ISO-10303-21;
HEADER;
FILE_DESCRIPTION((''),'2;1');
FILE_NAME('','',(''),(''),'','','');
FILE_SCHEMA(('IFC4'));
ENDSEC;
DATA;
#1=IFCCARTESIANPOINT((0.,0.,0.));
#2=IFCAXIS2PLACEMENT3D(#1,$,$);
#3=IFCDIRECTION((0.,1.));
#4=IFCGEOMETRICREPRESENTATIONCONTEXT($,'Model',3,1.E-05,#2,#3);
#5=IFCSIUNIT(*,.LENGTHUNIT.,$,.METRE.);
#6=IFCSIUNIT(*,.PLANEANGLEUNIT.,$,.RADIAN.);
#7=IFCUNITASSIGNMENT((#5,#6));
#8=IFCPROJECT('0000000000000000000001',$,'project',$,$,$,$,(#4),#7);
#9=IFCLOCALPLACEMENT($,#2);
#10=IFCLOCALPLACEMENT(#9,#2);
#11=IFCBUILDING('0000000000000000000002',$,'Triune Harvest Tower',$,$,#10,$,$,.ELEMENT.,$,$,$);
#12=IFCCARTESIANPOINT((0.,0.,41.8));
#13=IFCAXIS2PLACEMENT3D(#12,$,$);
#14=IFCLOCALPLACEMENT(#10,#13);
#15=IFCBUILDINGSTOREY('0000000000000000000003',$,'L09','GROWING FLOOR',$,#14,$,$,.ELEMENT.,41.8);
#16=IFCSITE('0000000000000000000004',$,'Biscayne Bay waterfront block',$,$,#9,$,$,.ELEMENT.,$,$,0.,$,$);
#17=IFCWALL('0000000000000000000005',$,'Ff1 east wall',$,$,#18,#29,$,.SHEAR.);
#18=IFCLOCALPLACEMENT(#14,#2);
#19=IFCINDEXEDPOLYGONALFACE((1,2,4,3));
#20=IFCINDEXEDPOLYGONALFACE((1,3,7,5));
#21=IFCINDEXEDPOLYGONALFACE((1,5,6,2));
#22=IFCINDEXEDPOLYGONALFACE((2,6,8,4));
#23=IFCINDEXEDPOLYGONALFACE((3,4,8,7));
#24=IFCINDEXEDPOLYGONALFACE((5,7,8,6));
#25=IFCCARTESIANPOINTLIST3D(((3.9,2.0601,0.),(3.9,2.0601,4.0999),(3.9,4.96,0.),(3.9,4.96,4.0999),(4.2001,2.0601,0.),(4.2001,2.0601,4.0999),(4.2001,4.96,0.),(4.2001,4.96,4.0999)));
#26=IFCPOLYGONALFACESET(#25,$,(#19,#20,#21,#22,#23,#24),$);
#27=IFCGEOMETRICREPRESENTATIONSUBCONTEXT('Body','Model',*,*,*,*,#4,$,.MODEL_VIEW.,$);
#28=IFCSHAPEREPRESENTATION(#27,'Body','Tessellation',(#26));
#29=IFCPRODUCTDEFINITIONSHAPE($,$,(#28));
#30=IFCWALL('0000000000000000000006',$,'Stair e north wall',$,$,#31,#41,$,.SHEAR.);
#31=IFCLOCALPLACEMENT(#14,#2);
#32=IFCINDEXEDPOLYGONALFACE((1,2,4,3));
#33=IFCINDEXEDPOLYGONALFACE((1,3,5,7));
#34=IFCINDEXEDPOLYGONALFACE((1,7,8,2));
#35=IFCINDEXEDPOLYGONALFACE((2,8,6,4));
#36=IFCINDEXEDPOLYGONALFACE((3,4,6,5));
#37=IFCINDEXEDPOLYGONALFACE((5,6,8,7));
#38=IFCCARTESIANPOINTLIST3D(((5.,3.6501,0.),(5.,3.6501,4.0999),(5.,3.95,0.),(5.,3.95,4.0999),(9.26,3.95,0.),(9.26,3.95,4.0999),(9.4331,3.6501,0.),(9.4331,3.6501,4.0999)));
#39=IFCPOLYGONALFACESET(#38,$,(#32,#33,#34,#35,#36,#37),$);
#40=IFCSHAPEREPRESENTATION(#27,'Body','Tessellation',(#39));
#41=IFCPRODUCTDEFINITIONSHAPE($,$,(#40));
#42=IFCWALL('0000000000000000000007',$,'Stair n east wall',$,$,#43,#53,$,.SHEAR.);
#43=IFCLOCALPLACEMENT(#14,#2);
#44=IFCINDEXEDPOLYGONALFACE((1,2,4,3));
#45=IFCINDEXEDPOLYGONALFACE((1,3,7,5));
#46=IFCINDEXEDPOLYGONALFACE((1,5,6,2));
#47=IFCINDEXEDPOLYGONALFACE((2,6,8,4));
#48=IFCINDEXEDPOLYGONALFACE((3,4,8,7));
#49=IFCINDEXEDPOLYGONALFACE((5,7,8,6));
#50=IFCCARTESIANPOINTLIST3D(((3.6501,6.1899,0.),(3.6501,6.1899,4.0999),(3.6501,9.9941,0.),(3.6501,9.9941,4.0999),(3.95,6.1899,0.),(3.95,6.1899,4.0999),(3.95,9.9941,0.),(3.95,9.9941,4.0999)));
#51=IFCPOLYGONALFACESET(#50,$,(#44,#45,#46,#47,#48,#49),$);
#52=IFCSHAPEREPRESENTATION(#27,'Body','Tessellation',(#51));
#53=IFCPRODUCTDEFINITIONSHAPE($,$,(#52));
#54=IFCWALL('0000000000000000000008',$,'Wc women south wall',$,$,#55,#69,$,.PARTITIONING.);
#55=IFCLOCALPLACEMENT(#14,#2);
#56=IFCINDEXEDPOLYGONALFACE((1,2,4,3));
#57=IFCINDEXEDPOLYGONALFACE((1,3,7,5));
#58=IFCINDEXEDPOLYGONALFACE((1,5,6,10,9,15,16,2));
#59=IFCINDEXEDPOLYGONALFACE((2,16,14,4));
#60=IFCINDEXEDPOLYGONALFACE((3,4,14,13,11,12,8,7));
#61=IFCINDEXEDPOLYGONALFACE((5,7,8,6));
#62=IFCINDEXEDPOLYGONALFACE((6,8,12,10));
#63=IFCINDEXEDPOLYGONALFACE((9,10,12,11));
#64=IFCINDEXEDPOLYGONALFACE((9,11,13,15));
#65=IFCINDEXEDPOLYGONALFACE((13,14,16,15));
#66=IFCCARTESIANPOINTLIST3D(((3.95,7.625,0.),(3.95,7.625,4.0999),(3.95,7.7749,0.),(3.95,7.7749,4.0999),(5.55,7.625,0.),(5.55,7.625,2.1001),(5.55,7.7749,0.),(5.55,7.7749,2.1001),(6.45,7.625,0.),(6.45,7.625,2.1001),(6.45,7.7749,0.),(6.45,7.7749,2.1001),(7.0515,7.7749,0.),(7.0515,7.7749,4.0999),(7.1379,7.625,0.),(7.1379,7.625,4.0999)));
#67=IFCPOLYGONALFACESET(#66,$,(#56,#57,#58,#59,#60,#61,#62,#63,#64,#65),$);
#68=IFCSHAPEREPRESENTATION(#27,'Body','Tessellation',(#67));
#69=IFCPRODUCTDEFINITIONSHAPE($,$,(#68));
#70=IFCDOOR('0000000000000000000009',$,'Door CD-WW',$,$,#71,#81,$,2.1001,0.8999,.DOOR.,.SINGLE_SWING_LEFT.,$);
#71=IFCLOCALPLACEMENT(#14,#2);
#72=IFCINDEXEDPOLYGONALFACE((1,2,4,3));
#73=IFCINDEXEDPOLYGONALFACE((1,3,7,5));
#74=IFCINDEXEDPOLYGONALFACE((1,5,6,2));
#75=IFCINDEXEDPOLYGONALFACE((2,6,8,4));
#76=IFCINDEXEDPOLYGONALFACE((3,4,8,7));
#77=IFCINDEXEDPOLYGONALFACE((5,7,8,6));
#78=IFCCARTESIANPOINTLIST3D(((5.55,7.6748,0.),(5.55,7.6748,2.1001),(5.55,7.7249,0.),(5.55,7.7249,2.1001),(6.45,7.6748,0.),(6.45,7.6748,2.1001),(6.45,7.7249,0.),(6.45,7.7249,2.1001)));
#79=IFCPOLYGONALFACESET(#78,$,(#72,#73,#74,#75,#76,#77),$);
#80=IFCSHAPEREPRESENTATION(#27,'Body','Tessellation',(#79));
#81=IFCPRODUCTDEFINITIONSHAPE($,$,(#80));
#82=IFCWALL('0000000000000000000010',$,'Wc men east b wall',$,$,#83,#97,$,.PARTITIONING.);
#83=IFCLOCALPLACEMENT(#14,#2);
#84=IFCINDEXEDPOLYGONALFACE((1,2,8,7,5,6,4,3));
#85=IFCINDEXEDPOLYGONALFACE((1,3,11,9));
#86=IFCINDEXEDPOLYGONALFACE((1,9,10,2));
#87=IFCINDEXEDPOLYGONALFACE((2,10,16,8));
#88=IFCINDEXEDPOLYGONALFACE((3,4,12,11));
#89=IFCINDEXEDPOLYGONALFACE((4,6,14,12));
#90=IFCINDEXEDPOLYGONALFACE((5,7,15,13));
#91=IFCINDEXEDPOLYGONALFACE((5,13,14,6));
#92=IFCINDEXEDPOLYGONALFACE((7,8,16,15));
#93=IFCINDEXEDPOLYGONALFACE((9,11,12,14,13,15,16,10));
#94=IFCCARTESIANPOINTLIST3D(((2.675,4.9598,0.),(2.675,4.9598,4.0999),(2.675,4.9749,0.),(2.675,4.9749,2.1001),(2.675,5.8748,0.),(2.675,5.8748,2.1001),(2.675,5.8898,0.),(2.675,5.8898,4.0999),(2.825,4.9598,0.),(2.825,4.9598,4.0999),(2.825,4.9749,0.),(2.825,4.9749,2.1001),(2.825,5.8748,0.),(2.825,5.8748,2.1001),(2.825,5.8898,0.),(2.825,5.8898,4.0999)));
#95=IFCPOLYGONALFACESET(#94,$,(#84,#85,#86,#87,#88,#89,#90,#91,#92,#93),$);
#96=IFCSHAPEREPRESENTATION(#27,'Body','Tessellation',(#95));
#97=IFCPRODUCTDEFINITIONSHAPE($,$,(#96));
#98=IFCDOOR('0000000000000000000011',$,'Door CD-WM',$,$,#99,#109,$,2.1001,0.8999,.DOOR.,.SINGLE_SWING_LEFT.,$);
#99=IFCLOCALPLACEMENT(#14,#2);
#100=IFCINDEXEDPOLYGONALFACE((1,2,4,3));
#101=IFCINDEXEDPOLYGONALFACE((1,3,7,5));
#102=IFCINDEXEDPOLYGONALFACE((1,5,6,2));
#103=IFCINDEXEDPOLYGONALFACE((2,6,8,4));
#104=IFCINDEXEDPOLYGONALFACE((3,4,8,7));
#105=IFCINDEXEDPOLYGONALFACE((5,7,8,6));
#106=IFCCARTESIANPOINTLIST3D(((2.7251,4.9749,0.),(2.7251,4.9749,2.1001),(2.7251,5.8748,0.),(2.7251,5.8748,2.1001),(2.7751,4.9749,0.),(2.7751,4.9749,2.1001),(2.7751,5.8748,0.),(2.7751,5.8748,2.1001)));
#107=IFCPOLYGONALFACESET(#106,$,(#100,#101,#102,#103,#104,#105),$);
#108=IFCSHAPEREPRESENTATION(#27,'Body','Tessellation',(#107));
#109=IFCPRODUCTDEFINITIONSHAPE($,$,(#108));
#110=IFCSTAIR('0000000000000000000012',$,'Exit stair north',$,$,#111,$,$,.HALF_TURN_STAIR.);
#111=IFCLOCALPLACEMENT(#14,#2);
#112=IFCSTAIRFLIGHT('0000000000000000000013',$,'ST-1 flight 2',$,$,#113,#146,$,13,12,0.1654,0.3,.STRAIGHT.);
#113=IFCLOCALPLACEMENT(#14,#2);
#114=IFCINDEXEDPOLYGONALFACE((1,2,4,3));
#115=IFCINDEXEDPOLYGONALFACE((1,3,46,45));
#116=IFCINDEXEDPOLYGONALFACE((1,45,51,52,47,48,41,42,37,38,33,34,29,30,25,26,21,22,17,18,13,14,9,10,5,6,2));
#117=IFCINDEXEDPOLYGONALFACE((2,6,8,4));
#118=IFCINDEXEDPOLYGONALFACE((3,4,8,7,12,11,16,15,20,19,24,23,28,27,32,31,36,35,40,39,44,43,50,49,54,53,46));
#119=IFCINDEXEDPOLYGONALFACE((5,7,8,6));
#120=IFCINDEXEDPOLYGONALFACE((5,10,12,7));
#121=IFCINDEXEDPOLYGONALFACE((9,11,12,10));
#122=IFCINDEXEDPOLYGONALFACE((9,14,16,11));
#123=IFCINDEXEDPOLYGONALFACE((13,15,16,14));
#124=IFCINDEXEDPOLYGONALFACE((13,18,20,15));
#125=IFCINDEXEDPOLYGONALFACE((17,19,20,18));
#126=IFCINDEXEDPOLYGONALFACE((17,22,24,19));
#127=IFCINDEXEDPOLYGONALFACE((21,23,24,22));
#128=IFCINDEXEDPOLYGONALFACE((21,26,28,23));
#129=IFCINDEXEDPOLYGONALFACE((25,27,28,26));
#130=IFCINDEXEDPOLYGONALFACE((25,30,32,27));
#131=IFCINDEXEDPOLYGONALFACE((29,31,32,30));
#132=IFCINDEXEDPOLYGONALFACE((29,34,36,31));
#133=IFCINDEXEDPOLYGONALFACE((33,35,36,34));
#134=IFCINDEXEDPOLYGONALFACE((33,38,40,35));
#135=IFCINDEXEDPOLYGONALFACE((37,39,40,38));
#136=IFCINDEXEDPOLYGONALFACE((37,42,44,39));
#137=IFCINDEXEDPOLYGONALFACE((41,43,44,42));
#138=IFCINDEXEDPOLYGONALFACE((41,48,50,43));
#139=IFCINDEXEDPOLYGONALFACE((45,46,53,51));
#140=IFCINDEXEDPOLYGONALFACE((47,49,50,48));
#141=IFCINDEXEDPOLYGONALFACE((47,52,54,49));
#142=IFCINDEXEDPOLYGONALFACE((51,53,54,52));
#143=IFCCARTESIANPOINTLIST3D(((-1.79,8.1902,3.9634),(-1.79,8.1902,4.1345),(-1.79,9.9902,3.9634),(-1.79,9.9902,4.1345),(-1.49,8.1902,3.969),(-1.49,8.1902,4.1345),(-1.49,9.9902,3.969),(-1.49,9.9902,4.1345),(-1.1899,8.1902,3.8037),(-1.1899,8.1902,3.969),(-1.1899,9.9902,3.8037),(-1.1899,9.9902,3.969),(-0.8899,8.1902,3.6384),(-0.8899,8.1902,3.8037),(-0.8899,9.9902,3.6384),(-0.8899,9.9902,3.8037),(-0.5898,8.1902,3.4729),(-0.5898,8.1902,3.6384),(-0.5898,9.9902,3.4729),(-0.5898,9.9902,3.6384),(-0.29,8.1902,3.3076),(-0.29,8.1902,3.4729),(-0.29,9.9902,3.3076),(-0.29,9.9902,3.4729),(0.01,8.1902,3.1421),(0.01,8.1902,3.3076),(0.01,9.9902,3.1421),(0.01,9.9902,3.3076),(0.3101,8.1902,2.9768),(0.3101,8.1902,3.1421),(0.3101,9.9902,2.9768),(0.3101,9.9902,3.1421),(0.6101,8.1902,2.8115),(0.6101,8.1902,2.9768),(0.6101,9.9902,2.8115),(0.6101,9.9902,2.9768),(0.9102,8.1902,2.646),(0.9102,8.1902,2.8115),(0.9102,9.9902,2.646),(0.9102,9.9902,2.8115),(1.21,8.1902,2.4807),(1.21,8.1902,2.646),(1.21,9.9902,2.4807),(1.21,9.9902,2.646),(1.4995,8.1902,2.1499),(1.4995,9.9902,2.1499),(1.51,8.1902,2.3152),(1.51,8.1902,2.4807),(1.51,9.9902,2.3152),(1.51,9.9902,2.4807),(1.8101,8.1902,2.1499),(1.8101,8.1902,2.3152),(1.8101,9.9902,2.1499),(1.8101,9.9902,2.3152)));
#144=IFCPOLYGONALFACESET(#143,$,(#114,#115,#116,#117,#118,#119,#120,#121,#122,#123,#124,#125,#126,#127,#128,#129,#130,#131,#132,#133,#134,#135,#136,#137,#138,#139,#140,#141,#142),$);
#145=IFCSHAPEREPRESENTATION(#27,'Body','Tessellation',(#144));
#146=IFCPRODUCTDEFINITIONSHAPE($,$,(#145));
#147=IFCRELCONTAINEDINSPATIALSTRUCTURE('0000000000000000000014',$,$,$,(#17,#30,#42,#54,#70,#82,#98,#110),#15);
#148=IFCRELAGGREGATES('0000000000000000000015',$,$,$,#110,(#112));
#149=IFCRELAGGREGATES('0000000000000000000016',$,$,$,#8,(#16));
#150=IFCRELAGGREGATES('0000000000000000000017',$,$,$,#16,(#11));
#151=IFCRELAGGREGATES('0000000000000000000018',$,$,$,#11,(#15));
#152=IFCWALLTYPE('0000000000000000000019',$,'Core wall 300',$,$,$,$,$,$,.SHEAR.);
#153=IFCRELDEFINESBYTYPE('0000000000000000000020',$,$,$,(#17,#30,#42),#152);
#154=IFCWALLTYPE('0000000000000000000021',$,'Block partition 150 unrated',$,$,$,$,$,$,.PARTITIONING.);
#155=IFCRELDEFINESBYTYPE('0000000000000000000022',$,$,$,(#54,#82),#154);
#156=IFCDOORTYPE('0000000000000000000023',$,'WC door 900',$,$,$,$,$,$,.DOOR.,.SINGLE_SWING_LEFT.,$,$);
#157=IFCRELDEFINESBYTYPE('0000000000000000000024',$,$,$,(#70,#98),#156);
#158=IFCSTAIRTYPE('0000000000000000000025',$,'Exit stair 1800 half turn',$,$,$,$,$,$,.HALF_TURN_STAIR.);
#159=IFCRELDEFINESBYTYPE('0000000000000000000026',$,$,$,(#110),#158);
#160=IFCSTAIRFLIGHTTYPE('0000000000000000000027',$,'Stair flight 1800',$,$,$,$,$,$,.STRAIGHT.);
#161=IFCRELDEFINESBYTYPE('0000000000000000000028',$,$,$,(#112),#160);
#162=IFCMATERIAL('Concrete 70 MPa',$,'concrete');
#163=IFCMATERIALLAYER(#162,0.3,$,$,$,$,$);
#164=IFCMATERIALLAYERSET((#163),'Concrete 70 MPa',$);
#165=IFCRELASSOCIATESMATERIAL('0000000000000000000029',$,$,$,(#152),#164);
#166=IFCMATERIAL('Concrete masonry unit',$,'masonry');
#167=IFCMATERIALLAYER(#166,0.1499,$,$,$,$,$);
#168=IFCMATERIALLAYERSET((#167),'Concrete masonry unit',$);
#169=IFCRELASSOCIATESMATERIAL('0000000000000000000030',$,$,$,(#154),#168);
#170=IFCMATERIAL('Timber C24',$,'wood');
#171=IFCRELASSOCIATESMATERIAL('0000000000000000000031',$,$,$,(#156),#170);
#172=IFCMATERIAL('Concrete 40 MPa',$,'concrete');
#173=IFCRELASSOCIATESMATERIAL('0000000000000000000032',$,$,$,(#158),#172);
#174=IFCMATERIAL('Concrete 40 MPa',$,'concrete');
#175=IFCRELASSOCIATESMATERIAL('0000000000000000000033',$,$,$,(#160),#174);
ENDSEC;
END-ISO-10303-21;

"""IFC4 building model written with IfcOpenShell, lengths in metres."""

from ifc_helpers import new_model, si_unit, direction, frame, frame_2d, origin, place, context, subcontext, project, spatial, polyline, rectangle, outline, extrude, source, transform, mapped, material, layer, layer_set, type_object, element, fill, aggregate, save


model = new_model("IFC4")

# Units and contexts
model_context = context("Model", 3, precision=1e-05, world=origin(), true_north=direction((0.0, 1.0)))
body_context = subcontext(model_context, "Body", "Model", "MODEL_VIEW")
ifc_project = project(units=[si_unit("LENGTHUNIT", "METRE"), si_unit("PLANEANGLEUNIT", "RADIAN")], contexts=[model_context])

# Site, building, storey
site_placement = place(None, origin())
site = spatial("IfcSite", under=ifc_project, at=site_placement, Name="Biscayne Bay waterfront block", CompositionType="ELEMENT", RefElevation=0.0)
building_placement = place(site_placement, origin())
building = spatial("IfcBuilding", under=site, at=building_placement, Name="Triune Harvest Tower", CompositionType="ELEMENT")
storey_placement = place(building_placement, frame((0.0, 0.0, 41.8)))
storey = spatial("IfcBuildingStorey", under=building, at=storey_placement, Name="L09", Description="GROWING FLOOR", CompositionType="ELEMENT", Elevation=41.8)

# Shared definitions
ifc_material_1 = material(Name="Concrete 70 MPa", Category="concrete")
ifc_layer_1 = layer(ifc_material_1, 0.3)
ifc_layer_set_1 = layer_set([ifc_layer_1], Name="Concrete 70 MPa")
wall_type_1 = type_object("IfcWallType", Name="Core wall 300", PredefinedType="SHEAR", material=ifc_layer_set_1)

# Walls
shared_shape_1 = source(origin(), body_context, "Body", "SweptSolid", [
    extrude(rectangle(XDim=2.8999, YDim=0.3, at=frame_2d((1.45, 0.0))), origin(), (0.0, 0.0, 1.0), 4.0999),
])
wall_1_placement = place(storey_placement, frame((4.05, 2.0601, 0.0), z_axis=(0.0, 0.0, 1.0), x_axis=(0.0, 1.0, 0.0)))
element("IfcWall", 1, at=wall_1_placement, inside=storey, type_object=wall_type_1, Name="Ff1 east wall", PredefinedType="SHEAR", context=body_context, shape_type="MappedRepresentation", body=[
    mapped(shared_shape_1, transform((0.0, 0.0, 0.0), scale=1.0)),
])
shared_shape_2 = source(origin(), body_context, "Body", "SweptSolid", [
    extrude(outline(polyline([(0.0, -0.1499), (0.0, 0.1499), (4.26, 0.1499), (4.4331, -0.1499), (0.0, -0.1499)])), origin(), (0.0, 0.0, 1.0), 4.0999),
])
wall_2_placement = place(storey_placement, frame((5.0, 3.8, 0.0), z_axis=(0.0, 0.0, 1.0), x_axis=(1.0, 0.0, 0.0)))
element("IfcWall", 2, at=wall_2_placement, inside=storey, type_object=wall_type_1, Name="Stair e north wall", PredefinedType="SHEAR", context=body_context, shape_type="MappedRepresentation", body=[
    mapped(shared_shape_2, transform((0.0, 0.0, 0.0), scale=1.0)),
])
shared_shape_3 = source(origin(), body_context, "Body", "SweptSolid", [
    extrude(outline(polyline([(0.0, -0.1499), (0.0, 0.1499), (3.8042, 0.1499), (3.8042, -0.1499), (0.0, -0.1499)])), origin(), (0.0, 0.0, 1.0), 4.0999),
])
wall_3_placement = place(storey_placement, frame((3.8, 6.1899, 0.0), z_axis=(0.0, 0.0, 1.0), x_axis=(0.0, 1.0, 0.0)))
element("IfcWall", 3, at=wall_3_placement, inside=storey, type_object=wall_type_1, Name="Stair n east wall", PredefinedType="SHEAR", context=body_context, shape_type="MappedRepresentation", body=[
    mapped(shared_shape_3, transform((0.0, 0.0, 0.0), scale=1.0)),
])

# Walls, openings, doors
ifc_material_2 = material(Name="Concrete masonry unit", Category="masonry")
ifc_layer_2 = layer(ifc_material_2, 0.1499)
ifc_layer_set_2 = layer_set([ifc_layer_2], Name="Concrete masonry unit")
wall_type_2 = type_object("IfcWallType", Name="Block partition 150 unrated", PredefinedType="PARTITIONING", material=ifc_layer_set_2)
shared_shape_4 = source(origin(), body_context, "Body", "SweptSolid", [
    extrude(outline(polyline([(0.0, -0.075), (0.0, 0.075), (3.1016, 0.075), (3.188, -0.075), (0.0, -0.075)])), origin(), (0.0, 0.0, 1.0), 4.0999),
])
wall_4_placement = place(storey_placement, frame((3.95, 7.7, 0.0), z_axis=(0.0, 0.0, 1.0), x_axis=(1.0, 0.0, 0.0)))
wall_4 = element("IfcWall", 4, at=wall_4_placement, inside=storey, type_object=wall_type_2, Name="Wc women south wall", PredefinedType="PARTITIONING", context=body_context, shape_type="MappedRepresentation", body=[
    mapped(shared_shape_4, transform((0.0, 0.0, 0.0), scale=1.0)),
])
opening_1_placement = place(wall_4_placement, frame((1.6001, 0.0, 0.0)))
opening_1 = element("IfcOpeningElement", 5, at=opening_1_placement, cuts=wall_4, PredefinedType="OPENING", context=body_context, shape_type="SweptSolid", body=[
    extrude(rectangle(XDim=0.8999, YDim=2.1001, at=frame_2d((0.45, 1.05))), frame((0.0, 0.085, 0.0), z_axis=(0.0, -1.0, 0.0), x_axis=(1.0, 0.0, 0.0)), (0.0, 0.0, 1.0), 0.1699),
])
ifc_material_3 = material(Name="Timber C24", Category="wood")
door_type_1 = type_object("IfcDoorType", Name="WC door 900", OperationType="SINGLE_SWING_LEFT", PredefinedType="DOOR", material=ifc_material_3)
door_1_placement = place(opening_1_placement, origin())
door_1 = element("IfcDoor", 6, at=door_1_placement, inside=storey, type_object=door_type_1, Name="Door CD-WW", OperationType="SINGLE_SWING_LEFT", OverallHeight=2.1001, OverallWidth=0.8999, PredefinedType="DOOR", context=body_context, shape_type="SweptSolid", body=[
    extrude(rectangle(XDim=0.8999, YDim=2.1001, at=frame_2d((0.45, 1.05))), frame((0.0, 0.0249, 0.0), z_axis=(0.0, -1.0, 0.0), x_axis=(1.0, 0.0, 0.0)), (0.0, 0.0, 1.0), 0.05),
])
fill(opening_1, door_1)
shared_shape_5 = source(origin(), body_context, "Body", "SweptSolid", [
    extrude(rectangle(XDim=0.9299, YDim=0.1499, at=frame_2d((0.4648, 0.0))), origin(), (0.0, 0.0, 1.0), 4.0999),
])
wall_5_placement = place(storey_placement, frame((2.75, 4.96, 0.0), z_axis=(0.0, 0.0, 1.0), x_axis=(0.0, 1.0, 0.0)))
wall_5 = element("IfcWall", 7, at=wall_5_placement, inside=storey, type_object=wall_type_2, Name="Wc men east b wall", PredefinedType="PARTITIONING", context=body_context, shape_type="MappedRepresentation", body=[
    mapped(shared_shape_5, transform((0.0, 0.0, 0.0), scale=1.0)),
])
opening_2_placement = place(wall_5_placement, frame((0.0149, 0.0, 0.0)))
opening_2 = element("IfcOpeningElement", 8, at=opening_2_placement, cuts=wall_5, PredefinedType="OPENING", context=body_context, shape_type="SweptSolid", body=[
    extrude(rectangle(XDim=0.8999, YDim=2.1001, at=frame_2d((0.45, 1.05))), frame((0.0, 0.085, 0.0), z_axis=(0.0, -1.0, 0.0), x_axis=(1.0, 0.0, 0.0)), (0.0, 0.0, 1.0), 0.1699),
])
door_2_placement = place(opening_2_placement, origin())
door_2 = element("IfcDoor", 9, at=door_2_placement, inside=storey, type_object=door_type_1, Name="Door CD-WM", OperationType="SINGLE_SWING_LEFT", OverallHeight=2.1001, OverallWidth=0.8999, PredefinedType="DOOR", context=body_context, shape_type="SweptSolid", body=[
    extrude(rectangle(XDim=0.8999, YDim=2.1001, at=frame_2d((0.45, 1.05))), frame((0.0, 0.0249, 0.0), z_axis=(0.0, -1.0, 0.0), x_axis=(1.0, 0.0, 0.0)), (0.0, 0.0, 1.0), 0.05),
])
fill(opening_2, door_2)

# Stair, stair flight
ifc_material_4 = material(Name="Concrete 40 MPa", Category="concrete")
stair_type = type_object("IfcStairType", Name="Exit stair 1800 half turn", PredefinedType="HALF_TURN_STAIR", material=ifc_material_4)
stair_1_placement = place(storey_placement, origin())
stair_1 = element("IfcStair", 10, at=stair_1_placement, inside=storey, type_object=stair_type, Name="Exit stair north", PredefinedType="HALF_TURN_STAIR")
ifc_material_5 = material(Name="Concrete 40 MPa", Category="concrete")
stair_flight_type = type_object("IfcStairFlightType", Name="Stair flight 1800", PredefinedType="STRAIGHT", material=ifc_material_5)
shared_shape_6 = source(origin(), body_context, "Body", "SweptSolid", [
    extrude(outline(polyline([(0.0, 0.0), (0.0, 0.1653), (0.3, 0.1653), (0.3, 0.3308), (0.6001, 0.3308), (0.6001, 0.4961), (0.8999, 0.4961), (0.8999, 0.6616), (1.2, 0.6616), (1.2, 0.8269), (1.5, 0.8269), (1.5, 0.9922), (1.8, 0.9922), (1.8, 1.1577), (2.1001, 1.1577), (2.1001, 1.323), (2.3999, 1.323), (2.3999, 1.4885), (2.7, 1.4885), (2.7, 1.6538), (3.0, 1.6538), (3.0, 1.8191), (3.3, 1.8191), (3.3, 1.9846), (3.6001, 1.9846), (3.6001, 2.1499), (3.6001, 1.8135), (0.3105, 0.0), (0.0, 0.0)])), frame((0.0, 0.8999, 0.0), z_axis=(0.0, -1.0, 0.0), x_axis=(1.0, 0.0, 0.0)), (0.0, 0.0, 1.0), 1.8),
])
stair_flight_1_placement = place(storey_placement, frame((1.8101, 9.0901, 2.1499), z_axis=(0.0, 0.0, 1.0), x_axis=(-1.0, 0.0, 0.0)))
stair_flight_1 = element("IfcStairFlight", 11, at=stair_flight_1_placement, type_object=stair_flight_type, Name="ST-1 flight 2", NumberOfRisers=13, NumberOfTreads=12, PredefinedType="STRAIGHT", RiserHeight=0.1654, TreadLength=0.3, context=body_context, shape_type="MappedRepresentation", body=[
    mapped(shared_shape_6, transform((0.0, 0.0, 0.0), scale=1.0)),
])
aggregate(stair_1, [stair_flight_1])

save(model, "model.ifc")
